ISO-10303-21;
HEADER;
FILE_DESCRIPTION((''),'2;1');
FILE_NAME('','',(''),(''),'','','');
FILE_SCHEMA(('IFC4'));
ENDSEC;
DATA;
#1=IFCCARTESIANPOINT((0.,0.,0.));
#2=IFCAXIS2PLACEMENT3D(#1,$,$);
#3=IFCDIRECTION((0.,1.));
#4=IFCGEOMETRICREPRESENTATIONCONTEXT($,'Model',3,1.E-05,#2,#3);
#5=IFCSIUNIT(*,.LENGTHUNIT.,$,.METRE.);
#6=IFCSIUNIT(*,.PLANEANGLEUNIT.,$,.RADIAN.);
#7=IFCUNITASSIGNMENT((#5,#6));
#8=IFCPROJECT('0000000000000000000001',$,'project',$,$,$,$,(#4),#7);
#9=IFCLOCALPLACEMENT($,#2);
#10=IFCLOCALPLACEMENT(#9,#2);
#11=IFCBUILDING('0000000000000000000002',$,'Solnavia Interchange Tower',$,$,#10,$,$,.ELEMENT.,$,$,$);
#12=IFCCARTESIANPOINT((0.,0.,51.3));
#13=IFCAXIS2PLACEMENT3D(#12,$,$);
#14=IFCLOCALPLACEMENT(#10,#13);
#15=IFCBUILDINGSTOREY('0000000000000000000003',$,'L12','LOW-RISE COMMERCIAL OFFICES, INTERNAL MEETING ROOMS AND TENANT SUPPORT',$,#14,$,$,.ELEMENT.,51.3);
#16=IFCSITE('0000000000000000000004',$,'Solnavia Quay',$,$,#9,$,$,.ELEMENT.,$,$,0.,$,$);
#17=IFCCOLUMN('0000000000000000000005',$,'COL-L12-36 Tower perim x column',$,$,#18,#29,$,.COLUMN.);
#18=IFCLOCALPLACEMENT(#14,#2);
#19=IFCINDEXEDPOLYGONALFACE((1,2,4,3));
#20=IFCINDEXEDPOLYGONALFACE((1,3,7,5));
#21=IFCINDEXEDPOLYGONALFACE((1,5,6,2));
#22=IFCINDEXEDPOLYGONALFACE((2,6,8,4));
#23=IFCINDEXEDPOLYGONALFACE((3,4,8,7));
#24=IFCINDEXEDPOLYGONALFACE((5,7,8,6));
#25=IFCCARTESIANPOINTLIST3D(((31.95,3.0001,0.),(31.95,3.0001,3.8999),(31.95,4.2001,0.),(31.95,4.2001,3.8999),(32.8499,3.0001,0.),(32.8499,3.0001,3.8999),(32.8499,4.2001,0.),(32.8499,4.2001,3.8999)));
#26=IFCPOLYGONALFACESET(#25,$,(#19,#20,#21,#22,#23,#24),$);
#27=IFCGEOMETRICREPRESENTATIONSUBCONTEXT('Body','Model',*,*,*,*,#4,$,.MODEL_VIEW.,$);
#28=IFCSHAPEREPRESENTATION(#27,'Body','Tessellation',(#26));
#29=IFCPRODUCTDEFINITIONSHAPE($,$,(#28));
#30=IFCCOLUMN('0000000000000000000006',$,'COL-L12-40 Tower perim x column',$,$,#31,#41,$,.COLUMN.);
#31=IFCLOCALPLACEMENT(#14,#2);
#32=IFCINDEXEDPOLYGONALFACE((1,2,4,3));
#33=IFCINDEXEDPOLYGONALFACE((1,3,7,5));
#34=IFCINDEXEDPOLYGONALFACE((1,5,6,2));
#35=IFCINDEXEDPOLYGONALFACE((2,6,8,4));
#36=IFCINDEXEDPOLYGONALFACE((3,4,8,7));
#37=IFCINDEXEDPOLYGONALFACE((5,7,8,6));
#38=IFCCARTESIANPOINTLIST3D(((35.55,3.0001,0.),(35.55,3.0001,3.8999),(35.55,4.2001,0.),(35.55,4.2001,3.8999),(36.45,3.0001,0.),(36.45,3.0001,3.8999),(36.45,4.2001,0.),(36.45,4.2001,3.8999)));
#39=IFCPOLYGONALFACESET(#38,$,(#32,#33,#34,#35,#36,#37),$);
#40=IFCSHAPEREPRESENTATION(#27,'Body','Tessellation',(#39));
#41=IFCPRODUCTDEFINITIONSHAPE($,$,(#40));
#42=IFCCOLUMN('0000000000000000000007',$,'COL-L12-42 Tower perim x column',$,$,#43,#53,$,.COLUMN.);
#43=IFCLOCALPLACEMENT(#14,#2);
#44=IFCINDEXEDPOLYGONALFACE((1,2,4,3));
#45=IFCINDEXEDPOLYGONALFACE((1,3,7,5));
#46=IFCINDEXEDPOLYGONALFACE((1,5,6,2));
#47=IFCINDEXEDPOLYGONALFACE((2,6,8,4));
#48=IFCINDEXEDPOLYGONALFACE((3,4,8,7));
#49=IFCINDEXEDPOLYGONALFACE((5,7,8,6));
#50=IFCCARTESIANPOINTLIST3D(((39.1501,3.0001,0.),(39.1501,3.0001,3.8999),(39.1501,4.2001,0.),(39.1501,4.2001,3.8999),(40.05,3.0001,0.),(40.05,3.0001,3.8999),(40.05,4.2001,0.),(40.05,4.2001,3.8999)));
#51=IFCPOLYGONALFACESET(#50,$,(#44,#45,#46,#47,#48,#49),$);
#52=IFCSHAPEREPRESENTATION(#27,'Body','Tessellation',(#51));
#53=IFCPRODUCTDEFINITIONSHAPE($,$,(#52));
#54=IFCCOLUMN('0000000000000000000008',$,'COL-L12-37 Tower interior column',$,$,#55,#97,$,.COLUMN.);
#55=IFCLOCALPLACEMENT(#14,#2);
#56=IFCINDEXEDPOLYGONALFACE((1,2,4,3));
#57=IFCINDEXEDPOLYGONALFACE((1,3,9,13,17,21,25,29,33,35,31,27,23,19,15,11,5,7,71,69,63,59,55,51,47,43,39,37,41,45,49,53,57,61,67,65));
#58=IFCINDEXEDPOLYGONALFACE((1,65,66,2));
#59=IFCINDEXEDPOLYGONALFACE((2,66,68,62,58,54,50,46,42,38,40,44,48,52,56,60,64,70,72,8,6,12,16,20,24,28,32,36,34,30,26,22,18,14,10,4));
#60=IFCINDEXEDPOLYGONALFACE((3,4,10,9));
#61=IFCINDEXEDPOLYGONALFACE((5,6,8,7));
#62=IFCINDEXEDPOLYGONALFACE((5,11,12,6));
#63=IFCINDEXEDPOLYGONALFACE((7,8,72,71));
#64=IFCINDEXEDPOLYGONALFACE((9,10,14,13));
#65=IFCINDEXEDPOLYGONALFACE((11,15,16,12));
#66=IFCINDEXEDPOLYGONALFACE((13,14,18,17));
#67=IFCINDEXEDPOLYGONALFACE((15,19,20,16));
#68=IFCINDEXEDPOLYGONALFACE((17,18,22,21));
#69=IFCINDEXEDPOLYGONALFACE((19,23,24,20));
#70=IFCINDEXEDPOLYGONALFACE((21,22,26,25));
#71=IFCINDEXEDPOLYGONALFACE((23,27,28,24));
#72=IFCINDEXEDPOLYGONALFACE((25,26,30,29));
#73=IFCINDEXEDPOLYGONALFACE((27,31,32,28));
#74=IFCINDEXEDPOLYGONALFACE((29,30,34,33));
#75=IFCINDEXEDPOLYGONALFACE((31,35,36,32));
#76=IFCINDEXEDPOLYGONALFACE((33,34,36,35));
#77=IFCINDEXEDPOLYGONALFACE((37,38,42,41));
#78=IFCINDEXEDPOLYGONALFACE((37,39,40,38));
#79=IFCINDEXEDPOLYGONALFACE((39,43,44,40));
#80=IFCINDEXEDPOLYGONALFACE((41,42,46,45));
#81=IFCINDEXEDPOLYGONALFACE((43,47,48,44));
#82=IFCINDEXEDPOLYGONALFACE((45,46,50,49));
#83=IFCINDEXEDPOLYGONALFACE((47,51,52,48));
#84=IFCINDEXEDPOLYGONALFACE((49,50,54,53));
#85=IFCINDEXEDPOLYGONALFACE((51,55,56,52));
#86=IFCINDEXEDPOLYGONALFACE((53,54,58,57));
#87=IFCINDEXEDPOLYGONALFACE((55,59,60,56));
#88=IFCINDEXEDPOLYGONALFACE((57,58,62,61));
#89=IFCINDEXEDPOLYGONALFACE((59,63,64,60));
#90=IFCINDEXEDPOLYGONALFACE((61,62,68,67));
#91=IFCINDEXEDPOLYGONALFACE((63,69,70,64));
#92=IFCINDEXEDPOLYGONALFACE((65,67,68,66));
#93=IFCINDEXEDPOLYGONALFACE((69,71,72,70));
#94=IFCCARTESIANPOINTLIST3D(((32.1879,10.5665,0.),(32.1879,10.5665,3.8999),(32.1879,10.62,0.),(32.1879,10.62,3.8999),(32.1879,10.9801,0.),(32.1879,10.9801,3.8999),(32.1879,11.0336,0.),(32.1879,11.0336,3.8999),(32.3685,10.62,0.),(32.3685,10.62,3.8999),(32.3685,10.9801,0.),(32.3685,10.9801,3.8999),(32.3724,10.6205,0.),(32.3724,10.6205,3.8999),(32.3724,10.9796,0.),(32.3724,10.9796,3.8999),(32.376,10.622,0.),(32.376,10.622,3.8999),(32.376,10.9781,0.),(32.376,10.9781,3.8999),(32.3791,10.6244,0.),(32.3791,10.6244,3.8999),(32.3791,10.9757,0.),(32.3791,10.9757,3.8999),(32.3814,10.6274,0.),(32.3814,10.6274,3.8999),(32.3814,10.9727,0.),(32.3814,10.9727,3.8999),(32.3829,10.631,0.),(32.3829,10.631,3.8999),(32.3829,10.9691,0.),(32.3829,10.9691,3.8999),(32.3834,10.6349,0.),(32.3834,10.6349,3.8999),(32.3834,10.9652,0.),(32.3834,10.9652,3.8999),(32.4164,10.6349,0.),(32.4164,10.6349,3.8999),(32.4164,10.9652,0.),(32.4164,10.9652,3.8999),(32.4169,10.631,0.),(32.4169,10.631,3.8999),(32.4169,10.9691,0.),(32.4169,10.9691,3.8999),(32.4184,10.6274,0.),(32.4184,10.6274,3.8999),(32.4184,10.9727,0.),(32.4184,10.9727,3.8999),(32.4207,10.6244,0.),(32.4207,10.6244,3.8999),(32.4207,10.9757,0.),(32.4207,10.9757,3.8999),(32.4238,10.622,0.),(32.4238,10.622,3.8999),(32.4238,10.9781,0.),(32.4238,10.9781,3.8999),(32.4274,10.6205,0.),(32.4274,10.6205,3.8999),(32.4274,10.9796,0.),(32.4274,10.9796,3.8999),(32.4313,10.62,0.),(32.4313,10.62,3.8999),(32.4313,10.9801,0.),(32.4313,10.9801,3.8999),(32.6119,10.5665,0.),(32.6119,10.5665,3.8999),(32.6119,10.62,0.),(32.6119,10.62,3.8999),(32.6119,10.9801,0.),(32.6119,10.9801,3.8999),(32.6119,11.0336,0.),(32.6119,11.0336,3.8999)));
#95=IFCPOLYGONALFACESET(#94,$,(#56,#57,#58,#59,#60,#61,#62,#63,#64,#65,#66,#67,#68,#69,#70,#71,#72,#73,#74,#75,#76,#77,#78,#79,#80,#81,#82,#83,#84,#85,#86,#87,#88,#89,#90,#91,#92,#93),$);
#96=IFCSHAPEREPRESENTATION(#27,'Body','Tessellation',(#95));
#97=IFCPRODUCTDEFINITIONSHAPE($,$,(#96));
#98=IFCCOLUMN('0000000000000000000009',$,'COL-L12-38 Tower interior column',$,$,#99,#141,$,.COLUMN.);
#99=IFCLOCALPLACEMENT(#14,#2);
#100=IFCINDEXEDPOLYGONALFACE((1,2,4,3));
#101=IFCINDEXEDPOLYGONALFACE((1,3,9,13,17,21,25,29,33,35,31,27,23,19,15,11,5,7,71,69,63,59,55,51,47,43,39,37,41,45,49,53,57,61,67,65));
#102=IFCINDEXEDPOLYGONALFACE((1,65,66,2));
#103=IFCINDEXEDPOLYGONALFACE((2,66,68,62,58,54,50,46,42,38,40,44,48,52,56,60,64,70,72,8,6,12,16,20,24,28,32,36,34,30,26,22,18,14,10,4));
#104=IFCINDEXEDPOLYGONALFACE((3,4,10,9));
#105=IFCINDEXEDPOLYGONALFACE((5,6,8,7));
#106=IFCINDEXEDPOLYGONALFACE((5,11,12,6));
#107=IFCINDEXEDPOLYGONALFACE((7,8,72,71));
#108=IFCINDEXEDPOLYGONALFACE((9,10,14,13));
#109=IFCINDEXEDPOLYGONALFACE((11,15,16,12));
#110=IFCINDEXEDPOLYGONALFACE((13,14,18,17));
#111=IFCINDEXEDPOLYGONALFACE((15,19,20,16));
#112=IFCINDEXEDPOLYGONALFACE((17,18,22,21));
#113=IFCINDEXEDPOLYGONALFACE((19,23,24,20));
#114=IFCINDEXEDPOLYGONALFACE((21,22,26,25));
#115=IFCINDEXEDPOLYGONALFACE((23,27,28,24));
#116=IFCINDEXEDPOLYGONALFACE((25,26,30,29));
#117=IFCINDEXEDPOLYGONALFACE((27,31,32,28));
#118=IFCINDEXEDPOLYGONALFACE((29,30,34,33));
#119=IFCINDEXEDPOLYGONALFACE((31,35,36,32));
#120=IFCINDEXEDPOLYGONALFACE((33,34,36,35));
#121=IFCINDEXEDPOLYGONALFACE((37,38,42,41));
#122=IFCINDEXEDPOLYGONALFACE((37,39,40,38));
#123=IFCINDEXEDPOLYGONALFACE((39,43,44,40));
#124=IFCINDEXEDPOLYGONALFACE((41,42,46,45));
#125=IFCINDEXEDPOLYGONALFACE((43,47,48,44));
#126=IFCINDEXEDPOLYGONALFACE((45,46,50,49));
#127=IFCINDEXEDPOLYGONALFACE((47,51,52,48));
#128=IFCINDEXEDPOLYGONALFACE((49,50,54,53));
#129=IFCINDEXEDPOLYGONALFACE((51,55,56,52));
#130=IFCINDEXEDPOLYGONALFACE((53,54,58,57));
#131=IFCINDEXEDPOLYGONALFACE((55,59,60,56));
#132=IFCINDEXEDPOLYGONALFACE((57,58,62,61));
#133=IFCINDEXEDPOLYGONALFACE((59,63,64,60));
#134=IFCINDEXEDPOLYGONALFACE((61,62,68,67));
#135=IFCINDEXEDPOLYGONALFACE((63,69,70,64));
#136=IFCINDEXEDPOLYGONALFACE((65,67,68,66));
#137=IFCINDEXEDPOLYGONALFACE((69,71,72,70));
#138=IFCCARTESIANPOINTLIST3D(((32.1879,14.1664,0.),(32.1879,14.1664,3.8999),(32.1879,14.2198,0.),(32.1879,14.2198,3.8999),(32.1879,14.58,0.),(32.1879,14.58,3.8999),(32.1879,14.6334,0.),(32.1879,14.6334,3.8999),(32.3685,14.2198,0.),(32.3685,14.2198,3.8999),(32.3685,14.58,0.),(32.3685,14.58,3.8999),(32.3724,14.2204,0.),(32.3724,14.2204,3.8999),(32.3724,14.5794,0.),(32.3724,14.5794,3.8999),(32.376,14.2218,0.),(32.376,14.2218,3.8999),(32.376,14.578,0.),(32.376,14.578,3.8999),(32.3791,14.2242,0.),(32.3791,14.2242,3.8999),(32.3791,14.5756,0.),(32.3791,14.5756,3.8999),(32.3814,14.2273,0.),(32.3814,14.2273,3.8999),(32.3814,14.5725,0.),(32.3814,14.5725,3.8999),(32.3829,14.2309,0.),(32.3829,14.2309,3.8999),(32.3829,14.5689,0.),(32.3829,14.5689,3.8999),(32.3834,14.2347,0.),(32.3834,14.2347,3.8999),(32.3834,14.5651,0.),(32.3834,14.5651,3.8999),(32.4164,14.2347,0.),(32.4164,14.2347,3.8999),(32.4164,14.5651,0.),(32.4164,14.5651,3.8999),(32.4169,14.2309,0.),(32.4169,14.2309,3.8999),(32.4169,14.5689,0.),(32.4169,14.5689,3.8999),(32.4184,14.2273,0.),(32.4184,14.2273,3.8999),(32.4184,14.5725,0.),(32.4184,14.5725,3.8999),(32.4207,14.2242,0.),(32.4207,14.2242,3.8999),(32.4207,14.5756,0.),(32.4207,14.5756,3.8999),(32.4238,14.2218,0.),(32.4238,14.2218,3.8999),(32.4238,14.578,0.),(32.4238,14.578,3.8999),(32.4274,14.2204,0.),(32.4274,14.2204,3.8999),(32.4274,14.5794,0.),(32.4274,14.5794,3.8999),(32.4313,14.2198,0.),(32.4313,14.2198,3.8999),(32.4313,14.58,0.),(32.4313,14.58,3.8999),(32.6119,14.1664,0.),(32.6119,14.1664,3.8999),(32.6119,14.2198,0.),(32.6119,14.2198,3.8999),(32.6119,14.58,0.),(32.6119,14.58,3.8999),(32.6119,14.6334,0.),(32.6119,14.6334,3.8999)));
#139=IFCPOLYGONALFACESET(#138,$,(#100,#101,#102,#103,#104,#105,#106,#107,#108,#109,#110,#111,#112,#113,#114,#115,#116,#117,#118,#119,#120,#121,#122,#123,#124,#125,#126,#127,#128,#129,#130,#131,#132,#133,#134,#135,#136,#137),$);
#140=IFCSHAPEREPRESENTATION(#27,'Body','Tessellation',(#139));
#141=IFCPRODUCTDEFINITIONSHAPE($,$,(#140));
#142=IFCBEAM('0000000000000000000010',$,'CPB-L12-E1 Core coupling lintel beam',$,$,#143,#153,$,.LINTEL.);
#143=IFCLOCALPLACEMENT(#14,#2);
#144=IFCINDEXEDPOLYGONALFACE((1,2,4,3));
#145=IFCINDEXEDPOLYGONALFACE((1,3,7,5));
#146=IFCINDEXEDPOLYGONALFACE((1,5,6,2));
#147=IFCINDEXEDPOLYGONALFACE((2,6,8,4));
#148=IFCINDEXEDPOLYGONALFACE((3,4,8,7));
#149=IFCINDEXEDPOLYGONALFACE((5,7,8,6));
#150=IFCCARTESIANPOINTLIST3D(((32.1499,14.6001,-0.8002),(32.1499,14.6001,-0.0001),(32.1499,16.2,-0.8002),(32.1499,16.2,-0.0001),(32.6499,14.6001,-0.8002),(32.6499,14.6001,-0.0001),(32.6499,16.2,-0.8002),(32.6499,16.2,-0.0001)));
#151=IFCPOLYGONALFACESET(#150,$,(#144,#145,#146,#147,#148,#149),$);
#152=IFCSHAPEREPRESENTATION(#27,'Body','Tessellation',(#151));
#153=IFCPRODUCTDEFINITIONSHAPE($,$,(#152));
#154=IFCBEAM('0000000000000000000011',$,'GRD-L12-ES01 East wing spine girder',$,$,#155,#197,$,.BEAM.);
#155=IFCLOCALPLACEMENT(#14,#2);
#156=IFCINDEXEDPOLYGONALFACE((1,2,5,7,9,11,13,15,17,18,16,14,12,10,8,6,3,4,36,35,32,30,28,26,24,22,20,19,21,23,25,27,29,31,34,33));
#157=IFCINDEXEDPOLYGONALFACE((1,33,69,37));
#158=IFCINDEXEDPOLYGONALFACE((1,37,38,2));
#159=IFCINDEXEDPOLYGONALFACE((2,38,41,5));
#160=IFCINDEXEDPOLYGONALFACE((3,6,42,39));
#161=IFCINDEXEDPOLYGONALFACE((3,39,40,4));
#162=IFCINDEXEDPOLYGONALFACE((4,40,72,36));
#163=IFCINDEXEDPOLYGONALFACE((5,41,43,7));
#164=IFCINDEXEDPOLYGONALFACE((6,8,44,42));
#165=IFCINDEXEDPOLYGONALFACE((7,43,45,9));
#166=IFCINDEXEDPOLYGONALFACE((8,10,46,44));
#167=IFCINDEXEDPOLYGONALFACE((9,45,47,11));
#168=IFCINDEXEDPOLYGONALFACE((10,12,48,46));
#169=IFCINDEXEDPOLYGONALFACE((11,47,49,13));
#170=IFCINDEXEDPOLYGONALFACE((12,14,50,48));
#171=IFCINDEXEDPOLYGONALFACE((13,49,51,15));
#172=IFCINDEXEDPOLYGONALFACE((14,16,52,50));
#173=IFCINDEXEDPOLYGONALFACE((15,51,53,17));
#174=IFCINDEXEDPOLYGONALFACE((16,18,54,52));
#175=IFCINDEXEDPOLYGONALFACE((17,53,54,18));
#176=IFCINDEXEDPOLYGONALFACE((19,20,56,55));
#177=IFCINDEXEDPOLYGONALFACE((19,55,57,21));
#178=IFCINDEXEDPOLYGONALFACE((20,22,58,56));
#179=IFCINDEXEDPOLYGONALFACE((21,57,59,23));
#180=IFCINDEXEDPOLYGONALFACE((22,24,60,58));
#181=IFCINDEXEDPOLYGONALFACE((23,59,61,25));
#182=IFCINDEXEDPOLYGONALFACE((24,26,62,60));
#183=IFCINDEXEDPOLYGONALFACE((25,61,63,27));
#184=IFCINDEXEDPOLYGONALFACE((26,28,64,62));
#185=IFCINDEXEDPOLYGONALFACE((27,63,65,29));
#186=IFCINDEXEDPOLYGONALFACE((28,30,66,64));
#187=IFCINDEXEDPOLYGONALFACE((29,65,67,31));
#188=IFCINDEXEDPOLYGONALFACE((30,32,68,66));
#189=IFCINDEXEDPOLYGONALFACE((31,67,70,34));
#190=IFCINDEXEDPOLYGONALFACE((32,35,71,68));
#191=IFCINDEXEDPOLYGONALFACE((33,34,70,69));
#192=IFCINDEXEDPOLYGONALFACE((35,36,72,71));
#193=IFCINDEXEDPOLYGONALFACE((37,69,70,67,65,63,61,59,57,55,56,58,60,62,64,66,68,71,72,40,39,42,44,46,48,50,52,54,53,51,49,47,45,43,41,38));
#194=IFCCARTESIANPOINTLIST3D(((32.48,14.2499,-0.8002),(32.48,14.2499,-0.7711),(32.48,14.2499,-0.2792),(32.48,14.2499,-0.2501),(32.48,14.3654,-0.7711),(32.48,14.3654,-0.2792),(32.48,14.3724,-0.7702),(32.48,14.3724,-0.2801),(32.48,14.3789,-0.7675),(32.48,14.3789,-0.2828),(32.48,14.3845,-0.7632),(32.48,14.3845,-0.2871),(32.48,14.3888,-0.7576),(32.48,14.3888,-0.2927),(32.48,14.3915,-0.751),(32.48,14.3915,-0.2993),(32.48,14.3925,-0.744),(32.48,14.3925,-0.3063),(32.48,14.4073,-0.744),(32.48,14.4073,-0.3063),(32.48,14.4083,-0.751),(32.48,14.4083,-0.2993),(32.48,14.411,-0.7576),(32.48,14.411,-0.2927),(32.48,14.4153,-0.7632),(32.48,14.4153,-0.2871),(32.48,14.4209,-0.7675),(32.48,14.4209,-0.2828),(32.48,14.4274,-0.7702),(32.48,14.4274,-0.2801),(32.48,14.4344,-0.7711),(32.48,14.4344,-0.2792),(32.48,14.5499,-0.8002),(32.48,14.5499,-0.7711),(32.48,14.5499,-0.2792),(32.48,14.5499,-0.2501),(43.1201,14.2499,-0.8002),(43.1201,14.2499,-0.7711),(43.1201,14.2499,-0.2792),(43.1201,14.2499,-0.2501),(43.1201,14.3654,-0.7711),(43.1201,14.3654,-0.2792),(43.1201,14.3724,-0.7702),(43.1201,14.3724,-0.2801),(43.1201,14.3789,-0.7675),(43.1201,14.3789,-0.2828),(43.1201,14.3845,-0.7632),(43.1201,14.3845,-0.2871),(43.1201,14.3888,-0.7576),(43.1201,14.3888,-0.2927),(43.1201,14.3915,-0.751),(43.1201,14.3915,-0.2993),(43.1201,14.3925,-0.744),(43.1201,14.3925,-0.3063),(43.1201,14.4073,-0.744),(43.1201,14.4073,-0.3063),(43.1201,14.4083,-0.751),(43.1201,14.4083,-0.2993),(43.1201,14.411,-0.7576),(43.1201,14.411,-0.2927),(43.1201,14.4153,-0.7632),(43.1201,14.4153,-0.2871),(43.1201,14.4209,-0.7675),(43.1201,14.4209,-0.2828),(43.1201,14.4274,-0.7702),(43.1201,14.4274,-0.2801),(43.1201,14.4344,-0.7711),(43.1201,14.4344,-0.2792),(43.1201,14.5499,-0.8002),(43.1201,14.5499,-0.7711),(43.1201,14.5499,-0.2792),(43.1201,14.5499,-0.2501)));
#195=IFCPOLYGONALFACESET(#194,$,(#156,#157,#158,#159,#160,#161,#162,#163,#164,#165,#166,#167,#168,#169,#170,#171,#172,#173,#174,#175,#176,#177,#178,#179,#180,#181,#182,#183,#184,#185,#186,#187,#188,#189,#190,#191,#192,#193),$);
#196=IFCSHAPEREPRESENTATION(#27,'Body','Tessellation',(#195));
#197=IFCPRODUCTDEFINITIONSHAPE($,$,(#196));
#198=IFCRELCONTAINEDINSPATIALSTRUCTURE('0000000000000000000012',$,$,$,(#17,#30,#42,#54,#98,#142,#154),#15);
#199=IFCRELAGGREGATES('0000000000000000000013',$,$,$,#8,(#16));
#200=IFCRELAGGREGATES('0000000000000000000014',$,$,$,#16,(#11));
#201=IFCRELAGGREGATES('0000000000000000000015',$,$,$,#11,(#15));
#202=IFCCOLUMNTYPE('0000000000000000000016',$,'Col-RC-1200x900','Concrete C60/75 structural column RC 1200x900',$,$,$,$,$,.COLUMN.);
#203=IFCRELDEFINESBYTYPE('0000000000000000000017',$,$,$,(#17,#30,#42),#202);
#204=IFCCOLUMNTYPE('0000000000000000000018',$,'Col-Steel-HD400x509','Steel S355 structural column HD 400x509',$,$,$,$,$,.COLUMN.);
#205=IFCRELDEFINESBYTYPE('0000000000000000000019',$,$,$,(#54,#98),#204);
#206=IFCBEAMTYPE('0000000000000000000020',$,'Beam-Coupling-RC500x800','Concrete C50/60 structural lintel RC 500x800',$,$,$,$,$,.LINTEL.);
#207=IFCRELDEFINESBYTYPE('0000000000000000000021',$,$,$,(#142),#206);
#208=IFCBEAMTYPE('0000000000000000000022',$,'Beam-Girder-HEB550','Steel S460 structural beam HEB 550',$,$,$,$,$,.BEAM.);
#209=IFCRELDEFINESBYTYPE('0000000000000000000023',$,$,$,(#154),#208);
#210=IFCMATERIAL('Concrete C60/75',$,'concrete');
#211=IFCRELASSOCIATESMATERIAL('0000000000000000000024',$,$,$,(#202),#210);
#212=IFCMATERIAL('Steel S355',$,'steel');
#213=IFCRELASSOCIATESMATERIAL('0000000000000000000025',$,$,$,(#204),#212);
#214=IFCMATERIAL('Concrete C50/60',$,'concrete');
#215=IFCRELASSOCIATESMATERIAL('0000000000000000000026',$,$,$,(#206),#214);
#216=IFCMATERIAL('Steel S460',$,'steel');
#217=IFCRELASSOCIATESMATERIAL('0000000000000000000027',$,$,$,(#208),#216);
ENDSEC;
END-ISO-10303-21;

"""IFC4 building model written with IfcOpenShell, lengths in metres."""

from ifc_helpers import new_model, si_unit, direction, frame, origin, origin_2d, place, context, subcontext, project, spatial, rectangle, i_section, extrude, material, material_profile, profile_set, type_object, element, save


model = new_model("IFC4")

# Units and contexts
model_context = context("Model", 3, precision=1e-05, world=origin(), true_north=direction((0.0, 1.0)))
body_context = subcontext(model_context, "Body", "Model", "MODEL_VIEW")
ifc_project = project(units=[si_unit("LENGTHUNIT", "METRE"), si_unit("PLANEANGLEUNIT", "RADIAN")], contexts=[model_context])

# Site, building, storey
site_placement = place(None, origin())
site = spatial("IfcSite", under=ifc_project, at=site_placement, Name="Solnavia Quay", CompositionType="ELEMENT", RefElevation=0.0)
building_placement = place(site_placement, origin())
building = spatial("IfcBuilding", under=site, at=building_placement, Name="Solnavia Interchange Tower", CompositionType="ELEMENT")
storey_placement = place(building_placement, frame((0.0, 0.0, 51.3)))
storey = spatial("IfcBuildingStorey", under=building, at=storey_placement, Name="L12", Description="LOW-RISE COMMERCIAL OFFICES, INTERNAL MEETING ROOMS AND TENANT SUPPORT", CompositionType="ELEMENT", Elevation=51.3)

# Columns
ifc_material_1 = material(Name="Concrete C60/75", Category="concrete")
ifc_material_profile_1 = material_profile(ifc_material_1, rectangle(XDim=0.8999, YDim=1.2, at=origin_2d()), Name="RC 1200x900")
ifc_profile_set_1 = profile_set([ifc_material_profile_1], Name="Concrete C60/75")
column_type_1 = type_object("IfcColumnType", Name="Col-RC-1200x900", Description="Concrete C60/75 structural column RC 1200x900", PredefinedType="COLUMN", material=ifc_profile_set_1)
for number, where, z_axis, x_axis, name in (
    (1, (32.3999, 3.6001, 0.0), (0.0, 0.0, 1.0), (1.0, 0.0, 0.0), "COL-L12-36 Tower perim x column"),
    (2, (36.0, 3.6001, 0.0), (0.0, 0.0, 1.0), (1.0, 0.0, 0.0), "COL-L12-40 Tower perim x column"),
    (3, (39.6001, 3.6001, 0.0), (0.0, 0.0, 1.0), (1.0, 0.0, 0.0), "COL-L12-42 Tower perim x column"),
):
    element("IfcColumn", number, at=place(storey_placement, frame(where, z_axis=z_axis, x_axis=x_axis)), inside=storey, type_object=column_type_1, Name=name, PredefinedType="COLUMN", context=body_context, shape_type="SweptSolid", body=[
        extrude(rectangle(XDim=0.8999, YDim=1.2, at=origin_2d()), origin(), (0.0, 0.0, 1.0), 3.8999),
    ])
ifc_material_2 = material(Name="Steel S355", Category="steel")
ifc_material_profile_2 = material_profile(ifc_material_2, i_section(OverallWidth=0.4241, OverallDepth=0.467, WebThickness=0.033, FlangeThickness=0.0535, FilletRadius=0.0149, at=origin_2d()), Name="HD 400x509")
ifc_profile_set_2 = profile_set([ifc_material_profile_2], Name="Steel S355")
column_type_2 = type_object("IfcColumnType", Name="Col-Steel-HD400x509", Description="Steel S355 structural column HD 400x509", PredefinedType="COLUMN", material=ifc_profile_set_2)
for number, where, z_axis, x_axis, name in (
    (4, (32.3999, 10.8, 0.0), (0.0, 0.0, 1.0), (1.0, 0.0, 0.0), "COL-L12-37 Tower interior column"),
    (5, (32.3999, 14.3999, 0.0), (0.0, 0.0, 1.0), (1.0, 0.0, 0.0), "COL-L12-38 Tower interior column"),
):
    element("IfcColumn", number, at=place(storey_placement, frame(where, z_axis=z_axis, x_axis=x_axis)), inside=storey, type_object=column_type_2, Name=name, PredefinedType="COLUMN", context=body_context, shape_type="SweptSolid", body=[
        extrude(i_section(OverallWidth=0.4241, OverallDepth=0.467, WebThickness=0.033, FlangeThickness=0.0535, FilletRadius=0.0149, at=origin_2d()), origin(), (0.0, 0.0, 1.0), 3.8999),
    ])

# Beams
ifc_material_3 = material(Name="Concrete C50/60", Category="concrete")
ifc_material_profile_3 = material_profile(ifc_material_3, rectangle(XDim=0.5, YDim=0.8, at=origin_2d()), Name="RC 500x800")
ifc_profile_set_3 = profile_set([ifc_material_profile_3], Name="Concrete C50/60")
beam_type_1 = type_object("IfcBeamType", Name="Beam-Coupling-RC500x800", Description="Concrete C50/60 structural lintel RC 500x800", PredefinedType="LINTEL", material=ifc_profile_set_3)
beam_1_placement = place(storey_placement, frame((32.3999, 14.6001, -0.4001), z_axis=(0.0, 1.0, 0.0), x_axis=(-1.0, 0.0, 0.0)))
element("IfcBeam", 6, at=beam_1_placement, inside=storey, type_object=beam_type_1, Name="CPB-L12-E1 Core coupling lintel beam", PredefinedType="LINTEL", context=body_context, shape_type="SweptSolid", body=[
    extrude(rectangle(XDim=0.5, YDim=0.8, at=origin_2d()), origin(), (0.0, 0.0, 1.0), 1.5999),
])
ifc_material_4 = material(Name="Steel S460", Category="steel")
ifc_material_profile_4 = material_profile(ifc_material_4, i_section(OverallWidth=0.3, OverallDepth=0.55, WebThickness=0.0149, FlangeThickness=0.0291, FilletRadius=0.0271, at=origin_2d()), Name="HEB 550")
ifc_profile_set_4 = profile_set([ifc_material_profile_4], Name="Steel S460")
beam_type_2 = type_object("IfcBeamType", Name="Beam-Girder-HEB550", Description="Steel S460 structural beam HEB 550", PredefinedType="BEAM", material=ifc_profile_set_4)
beam_2_placement = place(storey_placement, frame((32.48, 14.3999, -0.5251), z_axis=(1.0, 0.0, 0.0), x_axis=(0.0, 1.0, 0.0)))
element("IfcBeam", 7, at=beam_2_placement, inside=storey, type_object=beam_type_2, Name="GRD-L12-ES01 East wing spine girder", PredefinedType="BEAM", context=body_context, shape_type="SweptSolid", body=[
    extrude(i_section(OverallWidth=0.3, OverallDepth=0.55, WebThickness=0.0149, FlangeThickness=0.0291, FilletRadius=0.0271, at=origin_2d()), origin(), (0.0, 0.0, 1.0), 10.6401),
])

save(model, "model.ifc")
